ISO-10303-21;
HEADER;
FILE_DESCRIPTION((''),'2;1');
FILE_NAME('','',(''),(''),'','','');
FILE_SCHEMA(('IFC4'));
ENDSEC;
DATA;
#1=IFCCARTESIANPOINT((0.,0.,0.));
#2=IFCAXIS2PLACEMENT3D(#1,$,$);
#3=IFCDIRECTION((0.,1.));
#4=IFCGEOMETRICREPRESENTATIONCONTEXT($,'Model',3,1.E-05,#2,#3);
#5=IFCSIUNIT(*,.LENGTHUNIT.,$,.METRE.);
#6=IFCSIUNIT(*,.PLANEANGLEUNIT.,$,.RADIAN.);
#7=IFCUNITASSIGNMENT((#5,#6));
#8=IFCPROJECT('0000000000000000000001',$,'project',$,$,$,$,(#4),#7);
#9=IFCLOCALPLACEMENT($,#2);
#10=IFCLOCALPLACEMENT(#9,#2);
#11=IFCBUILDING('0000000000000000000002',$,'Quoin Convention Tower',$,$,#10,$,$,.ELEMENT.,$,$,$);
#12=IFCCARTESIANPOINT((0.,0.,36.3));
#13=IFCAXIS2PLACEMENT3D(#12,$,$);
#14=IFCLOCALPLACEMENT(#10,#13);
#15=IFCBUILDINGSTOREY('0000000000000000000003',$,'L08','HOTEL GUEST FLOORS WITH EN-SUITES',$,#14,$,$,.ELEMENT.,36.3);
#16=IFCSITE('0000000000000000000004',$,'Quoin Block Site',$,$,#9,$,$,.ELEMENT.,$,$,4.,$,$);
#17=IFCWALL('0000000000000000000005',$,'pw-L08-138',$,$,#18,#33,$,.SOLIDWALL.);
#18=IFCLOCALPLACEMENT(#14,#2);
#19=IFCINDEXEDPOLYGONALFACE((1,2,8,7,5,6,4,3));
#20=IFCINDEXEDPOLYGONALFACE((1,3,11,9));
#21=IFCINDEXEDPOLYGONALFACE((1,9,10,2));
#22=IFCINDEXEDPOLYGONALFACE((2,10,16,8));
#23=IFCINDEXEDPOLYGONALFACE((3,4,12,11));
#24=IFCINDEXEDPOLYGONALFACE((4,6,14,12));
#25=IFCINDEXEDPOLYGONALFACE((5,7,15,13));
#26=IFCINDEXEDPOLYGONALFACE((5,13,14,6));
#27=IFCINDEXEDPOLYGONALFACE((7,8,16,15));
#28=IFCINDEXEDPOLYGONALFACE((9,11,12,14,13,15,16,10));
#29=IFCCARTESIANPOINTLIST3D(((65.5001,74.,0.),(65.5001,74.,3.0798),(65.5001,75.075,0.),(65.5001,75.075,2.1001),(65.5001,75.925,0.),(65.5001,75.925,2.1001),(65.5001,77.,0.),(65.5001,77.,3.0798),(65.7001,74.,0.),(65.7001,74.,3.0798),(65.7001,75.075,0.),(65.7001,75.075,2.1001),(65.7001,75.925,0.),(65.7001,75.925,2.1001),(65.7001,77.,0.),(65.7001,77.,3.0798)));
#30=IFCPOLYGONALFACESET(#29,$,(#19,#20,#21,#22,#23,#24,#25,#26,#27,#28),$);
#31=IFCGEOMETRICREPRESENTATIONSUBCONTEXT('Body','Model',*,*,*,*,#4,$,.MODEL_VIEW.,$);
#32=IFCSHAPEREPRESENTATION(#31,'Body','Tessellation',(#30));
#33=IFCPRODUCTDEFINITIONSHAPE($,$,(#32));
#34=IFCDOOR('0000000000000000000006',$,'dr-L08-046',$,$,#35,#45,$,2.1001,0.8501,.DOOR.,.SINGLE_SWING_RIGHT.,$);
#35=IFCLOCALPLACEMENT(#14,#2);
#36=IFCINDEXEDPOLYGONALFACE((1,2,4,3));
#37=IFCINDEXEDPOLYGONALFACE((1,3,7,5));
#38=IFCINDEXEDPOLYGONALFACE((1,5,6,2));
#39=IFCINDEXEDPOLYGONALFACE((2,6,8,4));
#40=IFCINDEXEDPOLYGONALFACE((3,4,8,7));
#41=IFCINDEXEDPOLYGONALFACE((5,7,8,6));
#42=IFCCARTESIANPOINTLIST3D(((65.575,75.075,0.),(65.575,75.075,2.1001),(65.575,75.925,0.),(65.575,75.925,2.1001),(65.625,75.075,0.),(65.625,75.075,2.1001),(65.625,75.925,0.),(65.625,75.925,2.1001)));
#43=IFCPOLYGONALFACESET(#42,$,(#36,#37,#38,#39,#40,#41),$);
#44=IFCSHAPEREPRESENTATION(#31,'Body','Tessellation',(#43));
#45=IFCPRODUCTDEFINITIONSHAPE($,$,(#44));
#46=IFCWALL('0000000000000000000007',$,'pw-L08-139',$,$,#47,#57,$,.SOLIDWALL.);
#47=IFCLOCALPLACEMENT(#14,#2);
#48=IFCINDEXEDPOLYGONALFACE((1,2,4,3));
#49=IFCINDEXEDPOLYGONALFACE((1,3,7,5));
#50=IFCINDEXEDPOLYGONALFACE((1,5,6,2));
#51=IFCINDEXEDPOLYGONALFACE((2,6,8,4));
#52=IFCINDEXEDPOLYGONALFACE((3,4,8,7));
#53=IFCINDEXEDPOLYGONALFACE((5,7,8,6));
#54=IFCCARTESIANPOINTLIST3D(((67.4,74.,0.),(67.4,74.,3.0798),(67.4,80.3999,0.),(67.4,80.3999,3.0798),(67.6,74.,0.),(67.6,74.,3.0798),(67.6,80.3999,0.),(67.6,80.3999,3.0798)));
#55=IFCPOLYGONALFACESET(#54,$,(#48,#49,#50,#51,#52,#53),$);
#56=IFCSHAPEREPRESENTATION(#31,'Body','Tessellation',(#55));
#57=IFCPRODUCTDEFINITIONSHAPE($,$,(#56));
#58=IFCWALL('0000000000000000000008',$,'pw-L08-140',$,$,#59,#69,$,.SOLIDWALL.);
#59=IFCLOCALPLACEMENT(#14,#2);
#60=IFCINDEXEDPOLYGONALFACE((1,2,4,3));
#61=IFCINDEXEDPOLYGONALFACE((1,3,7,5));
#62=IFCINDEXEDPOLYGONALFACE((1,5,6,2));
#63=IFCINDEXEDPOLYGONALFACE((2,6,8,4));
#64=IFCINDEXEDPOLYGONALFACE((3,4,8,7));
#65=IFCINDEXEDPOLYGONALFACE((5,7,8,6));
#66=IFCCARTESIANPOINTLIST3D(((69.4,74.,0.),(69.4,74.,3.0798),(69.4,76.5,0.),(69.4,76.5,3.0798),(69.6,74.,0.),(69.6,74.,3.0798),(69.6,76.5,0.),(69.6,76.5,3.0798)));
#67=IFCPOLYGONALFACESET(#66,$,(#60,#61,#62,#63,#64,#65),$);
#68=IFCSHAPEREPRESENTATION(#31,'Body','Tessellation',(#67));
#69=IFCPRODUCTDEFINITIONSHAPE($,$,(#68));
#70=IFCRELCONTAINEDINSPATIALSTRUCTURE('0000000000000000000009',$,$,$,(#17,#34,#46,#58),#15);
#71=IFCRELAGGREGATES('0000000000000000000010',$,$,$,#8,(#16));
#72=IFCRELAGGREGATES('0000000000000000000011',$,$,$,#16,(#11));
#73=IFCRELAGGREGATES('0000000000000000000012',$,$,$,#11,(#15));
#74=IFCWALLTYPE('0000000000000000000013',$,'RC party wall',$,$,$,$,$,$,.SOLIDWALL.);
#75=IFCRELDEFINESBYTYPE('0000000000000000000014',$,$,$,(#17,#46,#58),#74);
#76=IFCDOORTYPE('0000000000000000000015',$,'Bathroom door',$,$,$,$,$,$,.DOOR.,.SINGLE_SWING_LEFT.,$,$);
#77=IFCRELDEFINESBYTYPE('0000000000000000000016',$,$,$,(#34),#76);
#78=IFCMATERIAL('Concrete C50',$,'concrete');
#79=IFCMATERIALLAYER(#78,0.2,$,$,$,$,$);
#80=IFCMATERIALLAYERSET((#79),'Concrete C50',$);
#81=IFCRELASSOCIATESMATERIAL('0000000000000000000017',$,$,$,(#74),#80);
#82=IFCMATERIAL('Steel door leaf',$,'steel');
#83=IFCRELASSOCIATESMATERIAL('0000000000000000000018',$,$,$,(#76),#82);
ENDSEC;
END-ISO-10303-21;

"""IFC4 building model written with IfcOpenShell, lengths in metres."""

from ifc_helpers import new_model, si_unit, direction, frame, frame_2d, origin, place, context, subcontext, project, spatial, rectangle, extrude, material, layer, layer_set, type_object, element, fill, save


model = new_model("IFC4")

# Units and contexts
model_context = context("Model", 3, precision=1e-05, world=origin(), true_north=direction((0.0, 1.0)))
body_context = subcontext(model_context, "Body", "Model", "MODEL_VIEW")
ifc_project = project(units=[si_unit("LENGTHUNIT", "METRE"), si_unit("PLANEANGLEUNIT", "RADIAN")], contexts=[model_context])

# Site, building, storey
site_placement = place(None, origin())
site = spatial("IfcSite", under=ifc_project, at=site_placement, Name="Quoin Block Site", CompositionType="ELEMENT", RefElevation=4.0)
building_placement = place(site_placement, origin())
building = spatial("IfcBuilding", under=site, at=building_placement, Name="Quoin Convention Tower", CompositionType="ELEMENT")
storey_placement = place(building_placement, frame((0.0, 0.0, 36.3)))
storey = spatial("IfcBuildingStorey", under=building, at=storey_placement, Name="L08", Description="HOTEL GUEST FLOORS WITH EN-SUITES", CompositionType="ELEMENT", Elevation=36.3)

# Shared definitions
ifc_material_1 = material(Name="Concrete C50", Category="concrete")
ifc_layer_1 = layer(ifc_material_1, 0.2)
ifc_layer_set_1 = layer_set([ifc_layer_1], Name="Concrete C50")
wall_type_1 = type_object("IfcWallType", Name="RC party wall", PredefinedType="SOLIDWALL", material=ifc_layer_set_1)

# Shared definitions
ifc_material_2 = material(Name="Steel door leaf", Category="steel")
door_type = type_object("IfcDoorType", Name="Bathroom door", OperationType="SINGLE_SWING_LEFT", PredefinedType="DOOR", material=ifc_material_2)

# Wall, opening, door
wall_1_placement = place(storey_placement, frame((65.6001, 74.0, 0.0), z_axis=(0.0, 0.0, 1.0), x_axis=(0.0, 1.0, 0.0)))
wall_1 = element("IfcWall", 1, at=wall_1_placement, inside=storey, type_object=wall_type_1, Name="pw-L08-138", PredefinedType="SOLIDWALL", context=body_context, shape_type="SweptSolid", body=[
    extrude(rectangle(XDim=3.0, YDim=0.2, at=frame_2d((1.5, 0.0))), origin(), (0.0, 0.0, 1.0), 3.0798),
])
opening_1_placement = place(wall_1_placement, frame((1.075, 0.0, 0.0)))
opening_1 = element("IfcOpeningElement", 2, at=opening_1_placement, cuts=wall_1, PredefinedType="OPENING", context=body_context, shape_type="SweptSolid", body=[
    extrude(rectangle(XDim=0.8501, YDim=2.1001, at=frame_2d((0.425, 1.05))), frame((0.0, 0.1099, 0.0), z_axis=(0.0, -1.0, 0.0), x_axis=(1.0, 0.0, 0.0)), (0.0, 0.0, 1.0), 0.22),
])
door_1_placement = place(opening_1_placement, frame((0.8501, 0.0, 0.0), z_axis=(0.0, 0.0, 1.0), x_axis=(-1.0, 0.0, 0.0)))
door_1 = element("IfcDoor", 3, at=door_1_placement, inside=storey, type_object=door_type, Name="dr-L08-046", OperationType="SINGLE_SWING_RIGHT", OverallHeight=2.1001, OverallWidth=0.8501, PredefinedType="DOOR", context=body_context, shape_type="SweptSolid", body=[
    extrude(rectangle(XDim=0.8501, YDim=2.1001, at=frame_2d((0.425, 1.05))), frame((0.0, 0.0249, 0.0), z_axis=(0.0, -1.0, 0.0), x_axis=(1.0, 0.0, 0.0)), (0.0, 0.0, 1.0), 0.05),
])
fill(opening_1, door_1)

# Walls
wall_2_placement = place(storey_placement, frame((67.5, 74.0, 0.0), z_axis=(0.0, 0.0, 1.0), x_axis=(0.0, 1.0, 0.0)))
element("IfcWall", 4, at=wall_2_placement, inside=storey, type_object=wall_type_1, Name="pw-L08-139", PredefinedType="SOLIDWALL", context=body_context, shape_type="SweptSolid", body=[
    extrude(rectangle(XDim=6.3999, YDim=0.2, at=frame_2d((3.2, 0.0))), origin(), (0.0, 0.0, 1.0), 3.0798),
])
wall_3_placement = place(storey_placement, frame((69.5, 74.0, 0.0), z_axis=(0.0, 0.0, 1.0), x_axis=(0.0, 1.0, 0.0)))
element("IfcWall", 5, at=wall_3_placement, inside=storey, type_object=wall_type_1, Name="pw-L08-140", PredefinedType="SOLIDWALL", context=body_context, shape_type="SweptSolid", body=[
    extrude(rectangle(XDim=2.5, YDim=0.2, at=frame_2d((1.25, 0.0))), origin(), (0.0, 0.0, 1.0), 3.0798),
])

save(model, "model.ifc")
